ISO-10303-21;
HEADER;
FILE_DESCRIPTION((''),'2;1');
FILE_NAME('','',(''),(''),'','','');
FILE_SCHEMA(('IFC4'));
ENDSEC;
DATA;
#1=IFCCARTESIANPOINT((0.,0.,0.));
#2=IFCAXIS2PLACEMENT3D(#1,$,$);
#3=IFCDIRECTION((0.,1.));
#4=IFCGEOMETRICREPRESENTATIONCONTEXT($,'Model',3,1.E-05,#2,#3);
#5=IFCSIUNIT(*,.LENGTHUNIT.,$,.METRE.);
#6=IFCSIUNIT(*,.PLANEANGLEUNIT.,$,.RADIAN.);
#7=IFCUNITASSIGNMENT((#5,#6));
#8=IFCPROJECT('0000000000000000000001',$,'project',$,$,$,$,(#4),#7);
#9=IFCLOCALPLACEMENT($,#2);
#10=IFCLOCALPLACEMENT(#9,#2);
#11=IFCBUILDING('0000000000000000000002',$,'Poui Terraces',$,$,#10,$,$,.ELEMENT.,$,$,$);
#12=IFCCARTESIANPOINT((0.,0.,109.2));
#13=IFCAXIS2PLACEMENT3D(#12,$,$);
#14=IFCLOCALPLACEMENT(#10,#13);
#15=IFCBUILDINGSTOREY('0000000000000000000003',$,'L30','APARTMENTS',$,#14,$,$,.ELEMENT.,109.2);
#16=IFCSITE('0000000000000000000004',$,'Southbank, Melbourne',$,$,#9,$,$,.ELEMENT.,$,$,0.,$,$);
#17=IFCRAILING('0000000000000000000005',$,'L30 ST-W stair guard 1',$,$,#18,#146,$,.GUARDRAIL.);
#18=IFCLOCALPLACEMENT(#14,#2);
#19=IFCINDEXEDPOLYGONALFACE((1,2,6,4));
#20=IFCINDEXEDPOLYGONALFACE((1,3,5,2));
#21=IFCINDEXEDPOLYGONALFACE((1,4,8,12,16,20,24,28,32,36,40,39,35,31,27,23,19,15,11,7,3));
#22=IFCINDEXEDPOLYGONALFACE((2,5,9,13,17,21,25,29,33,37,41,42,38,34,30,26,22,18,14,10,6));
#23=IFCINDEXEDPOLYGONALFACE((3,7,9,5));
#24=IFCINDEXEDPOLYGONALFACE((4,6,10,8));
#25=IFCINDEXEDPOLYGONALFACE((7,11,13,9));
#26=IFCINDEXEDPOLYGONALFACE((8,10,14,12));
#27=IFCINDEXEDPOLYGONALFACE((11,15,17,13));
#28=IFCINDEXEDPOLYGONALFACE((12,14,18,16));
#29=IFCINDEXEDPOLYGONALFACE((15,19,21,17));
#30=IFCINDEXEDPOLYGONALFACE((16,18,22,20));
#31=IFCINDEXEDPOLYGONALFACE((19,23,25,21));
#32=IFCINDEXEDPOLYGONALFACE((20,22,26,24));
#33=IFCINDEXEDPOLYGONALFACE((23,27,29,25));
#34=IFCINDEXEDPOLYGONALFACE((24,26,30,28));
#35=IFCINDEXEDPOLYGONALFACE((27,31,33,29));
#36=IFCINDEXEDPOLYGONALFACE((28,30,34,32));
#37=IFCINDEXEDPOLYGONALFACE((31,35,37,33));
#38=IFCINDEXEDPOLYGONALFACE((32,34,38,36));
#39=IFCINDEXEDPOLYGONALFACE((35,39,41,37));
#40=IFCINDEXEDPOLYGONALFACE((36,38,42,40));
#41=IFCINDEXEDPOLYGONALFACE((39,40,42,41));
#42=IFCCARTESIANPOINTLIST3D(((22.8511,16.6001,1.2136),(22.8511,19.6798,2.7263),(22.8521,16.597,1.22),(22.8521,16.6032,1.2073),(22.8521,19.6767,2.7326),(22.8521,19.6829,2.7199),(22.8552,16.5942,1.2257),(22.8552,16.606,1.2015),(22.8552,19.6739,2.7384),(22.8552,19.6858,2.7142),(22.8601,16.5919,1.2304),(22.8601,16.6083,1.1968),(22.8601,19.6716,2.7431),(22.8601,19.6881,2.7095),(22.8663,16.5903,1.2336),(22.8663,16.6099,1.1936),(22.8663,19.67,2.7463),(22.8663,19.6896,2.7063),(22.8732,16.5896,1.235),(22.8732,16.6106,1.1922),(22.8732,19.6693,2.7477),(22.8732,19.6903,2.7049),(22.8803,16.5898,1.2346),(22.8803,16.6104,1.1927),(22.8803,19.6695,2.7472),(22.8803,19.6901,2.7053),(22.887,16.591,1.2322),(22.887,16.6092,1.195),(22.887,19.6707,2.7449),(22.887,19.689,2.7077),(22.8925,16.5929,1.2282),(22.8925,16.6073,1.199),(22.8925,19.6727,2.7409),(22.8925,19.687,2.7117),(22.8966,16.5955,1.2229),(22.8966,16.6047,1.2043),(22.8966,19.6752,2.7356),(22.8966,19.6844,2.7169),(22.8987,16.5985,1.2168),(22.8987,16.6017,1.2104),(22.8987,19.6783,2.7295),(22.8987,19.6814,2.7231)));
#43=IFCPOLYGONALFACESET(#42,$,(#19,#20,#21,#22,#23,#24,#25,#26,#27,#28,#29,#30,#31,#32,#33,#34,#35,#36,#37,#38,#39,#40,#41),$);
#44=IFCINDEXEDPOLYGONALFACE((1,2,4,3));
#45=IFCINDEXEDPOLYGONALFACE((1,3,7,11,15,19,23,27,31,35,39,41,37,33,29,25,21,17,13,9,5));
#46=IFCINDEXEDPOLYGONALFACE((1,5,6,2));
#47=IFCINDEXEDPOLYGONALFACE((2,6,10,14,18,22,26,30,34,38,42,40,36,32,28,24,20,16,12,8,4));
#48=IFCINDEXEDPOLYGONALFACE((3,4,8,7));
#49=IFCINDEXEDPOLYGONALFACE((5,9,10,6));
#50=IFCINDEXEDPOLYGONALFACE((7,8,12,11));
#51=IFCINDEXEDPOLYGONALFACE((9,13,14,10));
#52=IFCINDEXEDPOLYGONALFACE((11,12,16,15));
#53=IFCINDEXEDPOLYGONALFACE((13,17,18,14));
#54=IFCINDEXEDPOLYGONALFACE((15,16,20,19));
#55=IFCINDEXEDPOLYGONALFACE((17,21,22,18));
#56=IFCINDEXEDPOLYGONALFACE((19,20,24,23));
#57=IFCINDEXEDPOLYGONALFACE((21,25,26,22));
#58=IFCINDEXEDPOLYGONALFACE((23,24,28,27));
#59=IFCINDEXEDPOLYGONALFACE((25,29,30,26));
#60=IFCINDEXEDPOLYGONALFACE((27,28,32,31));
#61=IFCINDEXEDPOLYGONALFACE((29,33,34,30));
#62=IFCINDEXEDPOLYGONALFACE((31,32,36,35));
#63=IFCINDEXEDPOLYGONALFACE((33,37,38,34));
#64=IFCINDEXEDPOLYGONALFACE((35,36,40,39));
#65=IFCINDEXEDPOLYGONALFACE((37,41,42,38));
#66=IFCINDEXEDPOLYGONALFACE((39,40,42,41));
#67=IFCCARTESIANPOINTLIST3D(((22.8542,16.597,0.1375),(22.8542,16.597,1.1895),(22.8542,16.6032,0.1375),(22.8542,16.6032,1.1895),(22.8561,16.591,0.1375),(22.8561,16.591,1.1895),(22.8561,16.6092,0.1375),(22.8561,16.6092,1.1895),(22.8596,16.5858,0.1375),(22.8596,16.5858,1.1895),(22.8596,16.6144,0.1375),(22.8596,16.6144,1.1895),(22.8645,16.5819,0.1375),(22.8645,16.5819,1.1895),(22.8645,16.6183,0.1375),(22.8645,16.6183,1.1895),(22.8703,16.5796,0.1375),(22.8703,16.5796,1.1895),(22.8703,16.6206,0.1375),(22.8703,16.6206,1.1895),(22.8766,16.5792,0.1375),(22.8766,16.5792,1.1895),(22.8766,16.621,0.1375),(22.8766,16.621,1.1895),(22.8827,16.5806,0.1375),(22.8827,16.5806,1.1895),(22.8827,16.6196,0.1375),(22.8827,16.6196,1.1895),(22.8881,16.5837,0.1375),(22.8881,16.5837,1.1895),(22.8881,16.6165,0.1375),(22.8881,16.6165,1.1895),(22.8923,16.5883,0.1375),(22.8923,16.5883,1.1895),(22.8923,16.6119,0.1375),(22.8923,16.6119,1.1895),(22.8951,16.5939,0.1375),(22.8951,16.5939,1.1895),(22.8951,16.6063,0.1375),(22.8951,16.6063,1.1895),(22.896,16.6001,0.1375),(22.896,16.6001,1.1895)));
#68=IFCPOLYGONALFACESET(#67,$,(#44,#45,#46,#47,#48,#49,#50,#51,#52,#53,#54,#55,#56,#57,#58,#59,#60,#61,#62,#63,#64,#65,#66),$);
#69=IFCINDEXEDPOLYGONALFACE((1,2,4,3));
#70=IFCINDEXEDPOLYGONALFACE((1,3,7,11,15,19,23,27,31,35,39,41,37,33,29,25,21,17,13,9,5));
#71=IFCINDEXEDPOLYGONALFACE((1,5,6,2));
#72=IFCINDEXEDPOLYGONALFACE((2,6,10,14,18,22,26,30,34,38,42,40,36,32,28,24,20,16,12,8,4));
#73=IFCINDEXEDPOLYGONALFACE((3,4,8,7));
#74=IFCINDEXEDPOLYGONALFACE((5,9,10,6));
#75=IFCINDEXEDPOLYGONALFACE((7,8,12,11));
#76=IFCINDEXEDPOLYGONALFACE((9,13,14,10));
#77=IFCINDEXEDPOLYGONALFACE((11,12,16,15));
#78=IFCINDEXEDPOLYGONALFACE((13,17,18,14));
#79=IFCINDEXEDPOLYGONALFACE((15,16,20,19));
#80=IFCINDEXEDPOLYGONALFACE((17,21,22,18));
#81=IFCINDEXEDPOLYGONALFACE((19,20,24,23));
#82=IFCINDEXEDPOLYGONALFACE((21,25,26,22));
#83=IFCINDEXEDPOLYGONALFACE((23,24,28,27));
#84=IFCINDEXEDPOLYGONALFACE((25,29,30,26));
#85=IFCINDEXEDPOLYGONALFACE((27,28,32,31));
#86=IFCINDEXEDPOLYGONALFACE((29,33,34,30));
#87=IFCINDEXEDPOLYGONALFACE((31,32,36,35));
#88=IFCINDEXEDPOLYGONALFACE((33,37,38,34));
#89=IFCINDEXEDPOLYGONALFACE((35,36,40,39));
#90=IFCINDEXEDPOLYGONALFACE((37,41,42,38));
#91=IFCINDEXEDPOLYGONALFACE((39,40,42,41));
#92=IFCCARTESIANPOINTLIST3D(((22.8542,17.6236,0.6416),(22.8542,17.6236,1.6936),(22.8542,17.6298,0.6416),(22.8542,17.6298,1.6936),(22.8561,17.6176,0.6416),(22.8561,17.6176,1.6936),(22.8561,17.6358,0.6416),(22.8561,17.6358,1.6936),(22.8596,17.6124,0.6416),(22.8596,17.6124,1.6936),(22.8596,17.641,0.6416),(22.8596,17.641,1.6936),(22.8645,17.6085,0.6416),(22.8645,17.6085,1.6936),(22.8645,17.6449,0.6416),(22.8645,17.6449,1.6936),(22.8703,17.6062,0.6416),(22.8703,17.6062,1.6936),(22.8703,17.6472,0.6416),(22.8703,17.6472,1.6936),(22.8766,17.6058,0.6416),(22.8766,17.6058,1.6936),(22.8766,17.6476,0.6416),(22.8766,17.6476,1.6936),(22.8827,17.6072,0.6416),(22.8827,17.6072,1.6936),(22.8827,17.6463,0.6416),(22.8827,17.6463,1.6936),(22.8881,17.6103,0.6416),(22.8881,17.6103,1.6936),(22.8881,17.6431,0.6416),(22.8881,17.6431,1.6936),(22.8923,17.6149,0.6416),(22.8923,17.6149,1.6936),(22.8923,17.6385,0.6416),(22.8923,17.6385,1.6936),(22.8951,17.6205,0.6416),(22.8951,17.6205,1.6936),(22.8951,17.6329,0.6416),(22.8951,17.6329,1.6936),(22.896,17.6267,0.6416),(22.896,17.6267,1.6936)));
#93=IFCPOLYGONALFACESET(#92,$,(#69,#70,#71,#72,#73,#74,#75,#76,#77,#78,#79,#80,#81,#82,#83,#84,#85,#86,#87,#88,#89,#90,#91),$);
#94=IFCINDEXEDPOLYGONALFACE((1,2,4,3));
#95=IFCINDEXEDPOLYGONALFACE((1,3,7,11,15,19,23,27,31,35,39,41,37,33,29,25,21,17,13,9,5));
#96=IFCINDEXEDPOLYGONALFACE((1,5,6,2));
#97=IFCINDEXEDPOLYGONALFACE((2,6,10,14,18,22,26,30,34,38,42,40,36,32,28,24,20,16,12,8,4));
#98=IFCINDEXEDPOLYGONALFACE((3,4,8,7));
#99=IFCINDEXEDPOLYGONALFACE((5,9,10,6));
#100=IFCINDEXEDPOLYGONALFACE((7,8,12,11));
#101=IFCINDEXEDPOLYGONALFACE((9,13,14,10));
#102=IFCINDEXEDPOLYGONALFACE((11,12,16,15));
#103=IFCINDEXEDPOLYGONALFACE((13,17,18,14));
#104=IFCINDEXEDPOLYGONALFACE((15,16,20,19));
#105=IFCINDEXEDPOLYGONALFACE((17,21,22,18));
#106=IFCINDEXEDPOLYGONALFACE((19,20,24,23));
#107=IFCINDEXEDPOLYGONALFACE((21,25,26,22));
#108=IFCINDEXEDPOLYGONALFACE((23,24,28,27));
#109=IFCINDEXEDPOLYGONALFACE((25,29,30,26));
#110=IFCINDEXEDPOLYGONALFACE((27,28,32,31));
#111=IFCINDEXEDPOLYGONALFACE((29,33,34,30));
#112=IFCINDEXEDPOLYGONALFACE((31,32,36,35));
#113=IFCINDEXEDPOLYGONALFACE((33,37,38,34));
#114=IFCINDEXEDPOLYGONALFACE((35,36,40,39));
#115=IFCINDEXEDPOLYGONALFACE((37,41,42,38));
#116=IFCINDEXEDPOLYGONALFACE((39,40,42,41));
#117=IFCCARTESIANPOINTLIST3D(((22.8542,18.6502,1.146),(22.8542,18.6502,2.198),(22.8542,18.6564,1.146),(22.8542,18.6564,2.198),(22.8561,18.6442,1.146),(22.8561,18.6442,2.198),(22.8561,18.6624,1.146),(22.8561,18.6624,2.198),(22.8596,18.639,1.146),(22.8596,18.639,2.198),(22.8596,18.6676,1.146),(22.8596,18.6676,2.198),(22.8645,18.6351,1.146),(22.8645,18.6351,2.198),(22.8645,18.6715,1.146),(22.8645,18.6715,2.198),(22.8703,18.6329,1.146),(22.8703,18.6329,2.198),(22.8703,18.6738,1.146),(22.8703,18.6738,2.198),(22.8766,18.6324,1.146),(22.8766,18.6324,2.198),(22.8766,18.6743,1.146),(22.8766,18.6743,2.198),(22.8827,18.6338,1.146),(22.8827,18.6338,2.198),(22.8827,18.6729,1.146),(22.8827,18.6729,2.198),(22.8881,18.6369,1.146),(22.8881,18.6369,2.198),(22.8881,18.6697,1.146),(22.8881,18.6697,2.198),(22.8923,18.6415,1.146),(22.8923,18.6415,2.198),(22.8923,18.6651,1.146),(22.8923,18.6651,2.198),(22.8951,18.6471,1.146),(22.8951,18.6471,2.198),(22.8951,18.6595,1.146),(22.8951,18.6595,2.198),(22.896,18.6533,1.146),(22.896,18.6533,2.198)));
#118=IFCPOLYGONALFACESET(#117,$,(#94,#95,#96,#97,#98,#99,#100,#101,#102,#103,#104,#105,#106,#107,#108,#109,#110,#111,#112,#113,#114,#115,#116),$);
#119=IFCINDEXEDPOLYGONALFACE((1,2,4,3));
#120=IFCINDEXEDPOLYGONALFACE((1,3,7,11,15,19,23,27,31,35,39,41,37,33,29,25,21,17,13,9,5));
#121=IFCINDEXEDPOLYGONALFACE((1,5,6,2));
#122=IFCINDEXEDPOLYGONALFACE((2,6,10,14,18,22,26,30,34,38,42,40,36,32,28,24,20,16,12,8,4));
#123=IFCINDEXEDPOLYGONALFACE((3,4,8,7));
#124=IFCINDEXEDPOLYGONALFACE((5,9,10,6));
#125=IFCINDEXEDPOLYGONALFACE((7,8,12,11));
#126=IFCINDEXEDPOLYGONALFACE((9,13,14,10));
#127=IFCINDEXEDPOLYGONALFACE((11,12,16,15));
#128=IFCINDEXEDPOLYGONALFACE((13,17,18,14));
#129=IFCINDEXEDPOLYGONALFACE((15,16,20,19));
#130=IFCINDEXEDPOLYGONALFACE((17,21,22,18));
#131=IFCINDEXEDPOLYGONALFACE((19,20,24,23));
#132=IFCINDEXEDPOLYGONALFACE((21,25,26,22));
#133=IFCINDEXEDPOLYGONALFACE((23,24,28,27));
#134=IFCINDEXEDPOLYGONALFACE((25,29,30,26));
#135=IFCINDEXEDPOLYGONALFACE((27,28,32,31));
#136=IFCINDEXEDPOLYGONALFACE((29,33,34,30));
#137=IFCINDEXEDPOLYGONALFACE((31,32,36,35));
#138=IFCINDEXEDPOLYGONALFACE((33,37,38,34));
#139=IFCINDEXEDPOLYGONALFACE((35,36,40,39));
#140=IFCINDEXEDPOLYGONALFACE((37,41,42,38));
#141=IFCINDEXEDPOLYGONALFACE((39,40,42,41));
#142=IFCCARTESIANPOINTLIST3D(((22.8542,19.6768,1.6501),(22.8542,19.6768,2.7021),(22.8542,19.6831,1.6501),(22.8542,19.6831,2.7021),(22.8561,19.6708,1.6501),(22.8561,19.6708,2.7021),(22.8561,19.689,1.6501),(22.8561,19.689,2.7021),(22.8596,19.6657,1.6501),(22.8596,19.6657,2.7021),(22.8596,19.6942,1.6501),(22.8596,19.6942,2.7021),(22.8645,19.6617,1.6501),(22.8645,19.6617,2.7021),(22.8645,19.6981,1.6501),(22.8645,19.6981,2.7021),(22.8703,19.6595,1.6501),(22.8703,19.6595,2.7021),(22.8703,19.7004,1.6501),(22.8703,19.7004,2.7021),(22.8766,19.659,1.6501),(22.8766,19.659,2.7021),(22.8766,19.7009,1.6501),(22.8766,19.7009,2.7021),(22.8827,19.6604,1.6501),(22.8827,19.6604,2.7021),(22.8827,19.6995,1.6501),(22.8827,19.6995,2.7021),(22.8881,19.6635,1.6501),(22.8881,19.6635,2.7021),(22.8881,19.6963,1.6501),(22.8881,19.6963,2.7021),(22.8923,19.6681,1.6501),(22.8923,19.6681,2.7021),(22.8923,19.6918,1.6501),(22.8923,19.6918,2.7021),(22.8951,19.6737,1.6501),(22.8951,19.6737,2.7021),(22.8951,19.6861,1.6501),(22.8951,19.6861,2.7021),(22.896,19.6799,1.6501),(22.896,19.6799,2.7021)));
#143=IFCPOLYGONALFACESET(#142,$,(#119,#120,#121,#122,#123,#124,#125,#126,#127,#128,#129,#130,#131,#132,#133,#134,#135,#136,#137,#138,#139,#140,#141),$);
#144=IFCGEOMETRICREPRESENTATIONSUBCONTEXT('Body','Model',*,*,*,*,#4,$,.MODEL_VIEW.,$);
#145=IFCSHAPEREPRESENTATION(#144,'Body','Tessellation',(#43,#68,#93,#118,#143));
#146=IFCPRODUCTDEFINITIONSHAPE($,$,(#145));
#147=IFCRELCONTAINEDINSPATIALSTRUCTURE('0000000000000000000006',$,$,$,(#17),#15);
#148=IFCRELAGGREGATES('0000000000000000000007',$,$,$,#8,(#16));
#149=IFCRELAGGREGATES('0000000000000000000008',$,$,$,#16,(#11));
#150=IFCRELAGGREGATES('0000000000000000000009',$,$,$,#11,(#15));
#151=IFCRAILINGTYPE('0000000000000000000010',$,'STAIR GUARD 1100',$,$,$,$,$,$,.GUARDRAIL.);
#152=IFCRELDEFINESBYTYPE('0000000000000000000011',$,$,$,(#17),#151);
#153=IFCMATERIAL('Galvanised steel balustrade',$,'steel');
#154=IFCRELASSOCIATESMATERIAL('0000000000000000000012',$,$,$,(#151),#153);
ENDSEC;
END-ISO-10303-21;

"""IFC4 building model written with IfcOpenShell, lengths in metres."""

from ifc_helpers import new_model, si_unit, direction, frame, origin, origin_2d, place, context, subcontext, project, spatial, circle, extrude, material, type_object, element, save


model = new_model("IFC4")

# Units and contexts
model_context = context("Model", 3, precision=1e-05, world=origin(), true_north=direction((0.0, 1.0)))
body_context = subcontext(model_context, "Body", "Model", "MODEL_VIEW")
ifc_project = project(units=[si_unit("LENGTHUNIT", "METRE"), si_unit("PLANEANGLEUNIT", "RADIAN")], contexts=[model_context])

# Site, building, storey
site_placement = place(None, origin())
site = spatial("IfcSite", under=ifc_project, at=site_placement, Name="Southbank, Melbourne", CompositionType="ELEMENT", RefElevation=0.0)
building_placement = place(site_placement, origin())
building = spatial("IfcBuilding", under=site, at=building_placement, Name="Poui Terraces", CompositionType="ELEMENT")
storey_placement = place(building_placement, frame((0.0, 0.0, 109.2)))
storey = spatial("IfcBuildingStorey", under=building, at=storey_placement, Name="L30", Description="APARTMENTS", CompositionType="ELEMENT", Elevation=109.2)

# Railing
ifc_material_1 = material(Name="Galvanised steel balustrade", Category="steel")
railing_type_1 = type_object("IfcRailingType", Name="STAIR GUARD 1100", PredefinedType="GUARDRAIL", material=ifc_material_1)
railing_1_placement = place(storey_placement, frame((22.875, 16.6001, 0.1375)))
element("IfcRailing", 1, at=railing_1_placement, inside=storey, type_object=railing_type_1, Name="L30 ST-W stair guard 1", PredefinedType="GUARDRAIL", context=body_context, shape_type="SweptSolid", body=[
    extrude(circle(Radius=0.0239, at=origin_2d()), frame((0.0, 0.0, 1.0762), z_axis=(0.0, 0.897578, 0.440856), x_axis=(-1.0, 0.0, 0.0)), (0.0, 0.0, 1.0), 3.4312),
    extrude(circle(Radius=0.021, at=origin_2d()), origin(), (0.0, 0.0, 1.0), 1.052),
    extrude(circle(Radius=0.021, at=origin_2d()), frame((0.0, 1.0266, 0.5042)), (0.0, 0.0, 1.0), 1.052),
    extrude(circle(Radius=0.021, at=origin_2d()), frame((0.0, 2.0532, 1.0085)), (0.0, 0.0, 1.0), 1.052),
    extrude(circle(Radius=0.021, at=origin_2d()), frame((0.0, 3.0798, 1.5127)), (0.0, 0.0, 1.0), 1.052),
])

save(model, "model.ifc")
